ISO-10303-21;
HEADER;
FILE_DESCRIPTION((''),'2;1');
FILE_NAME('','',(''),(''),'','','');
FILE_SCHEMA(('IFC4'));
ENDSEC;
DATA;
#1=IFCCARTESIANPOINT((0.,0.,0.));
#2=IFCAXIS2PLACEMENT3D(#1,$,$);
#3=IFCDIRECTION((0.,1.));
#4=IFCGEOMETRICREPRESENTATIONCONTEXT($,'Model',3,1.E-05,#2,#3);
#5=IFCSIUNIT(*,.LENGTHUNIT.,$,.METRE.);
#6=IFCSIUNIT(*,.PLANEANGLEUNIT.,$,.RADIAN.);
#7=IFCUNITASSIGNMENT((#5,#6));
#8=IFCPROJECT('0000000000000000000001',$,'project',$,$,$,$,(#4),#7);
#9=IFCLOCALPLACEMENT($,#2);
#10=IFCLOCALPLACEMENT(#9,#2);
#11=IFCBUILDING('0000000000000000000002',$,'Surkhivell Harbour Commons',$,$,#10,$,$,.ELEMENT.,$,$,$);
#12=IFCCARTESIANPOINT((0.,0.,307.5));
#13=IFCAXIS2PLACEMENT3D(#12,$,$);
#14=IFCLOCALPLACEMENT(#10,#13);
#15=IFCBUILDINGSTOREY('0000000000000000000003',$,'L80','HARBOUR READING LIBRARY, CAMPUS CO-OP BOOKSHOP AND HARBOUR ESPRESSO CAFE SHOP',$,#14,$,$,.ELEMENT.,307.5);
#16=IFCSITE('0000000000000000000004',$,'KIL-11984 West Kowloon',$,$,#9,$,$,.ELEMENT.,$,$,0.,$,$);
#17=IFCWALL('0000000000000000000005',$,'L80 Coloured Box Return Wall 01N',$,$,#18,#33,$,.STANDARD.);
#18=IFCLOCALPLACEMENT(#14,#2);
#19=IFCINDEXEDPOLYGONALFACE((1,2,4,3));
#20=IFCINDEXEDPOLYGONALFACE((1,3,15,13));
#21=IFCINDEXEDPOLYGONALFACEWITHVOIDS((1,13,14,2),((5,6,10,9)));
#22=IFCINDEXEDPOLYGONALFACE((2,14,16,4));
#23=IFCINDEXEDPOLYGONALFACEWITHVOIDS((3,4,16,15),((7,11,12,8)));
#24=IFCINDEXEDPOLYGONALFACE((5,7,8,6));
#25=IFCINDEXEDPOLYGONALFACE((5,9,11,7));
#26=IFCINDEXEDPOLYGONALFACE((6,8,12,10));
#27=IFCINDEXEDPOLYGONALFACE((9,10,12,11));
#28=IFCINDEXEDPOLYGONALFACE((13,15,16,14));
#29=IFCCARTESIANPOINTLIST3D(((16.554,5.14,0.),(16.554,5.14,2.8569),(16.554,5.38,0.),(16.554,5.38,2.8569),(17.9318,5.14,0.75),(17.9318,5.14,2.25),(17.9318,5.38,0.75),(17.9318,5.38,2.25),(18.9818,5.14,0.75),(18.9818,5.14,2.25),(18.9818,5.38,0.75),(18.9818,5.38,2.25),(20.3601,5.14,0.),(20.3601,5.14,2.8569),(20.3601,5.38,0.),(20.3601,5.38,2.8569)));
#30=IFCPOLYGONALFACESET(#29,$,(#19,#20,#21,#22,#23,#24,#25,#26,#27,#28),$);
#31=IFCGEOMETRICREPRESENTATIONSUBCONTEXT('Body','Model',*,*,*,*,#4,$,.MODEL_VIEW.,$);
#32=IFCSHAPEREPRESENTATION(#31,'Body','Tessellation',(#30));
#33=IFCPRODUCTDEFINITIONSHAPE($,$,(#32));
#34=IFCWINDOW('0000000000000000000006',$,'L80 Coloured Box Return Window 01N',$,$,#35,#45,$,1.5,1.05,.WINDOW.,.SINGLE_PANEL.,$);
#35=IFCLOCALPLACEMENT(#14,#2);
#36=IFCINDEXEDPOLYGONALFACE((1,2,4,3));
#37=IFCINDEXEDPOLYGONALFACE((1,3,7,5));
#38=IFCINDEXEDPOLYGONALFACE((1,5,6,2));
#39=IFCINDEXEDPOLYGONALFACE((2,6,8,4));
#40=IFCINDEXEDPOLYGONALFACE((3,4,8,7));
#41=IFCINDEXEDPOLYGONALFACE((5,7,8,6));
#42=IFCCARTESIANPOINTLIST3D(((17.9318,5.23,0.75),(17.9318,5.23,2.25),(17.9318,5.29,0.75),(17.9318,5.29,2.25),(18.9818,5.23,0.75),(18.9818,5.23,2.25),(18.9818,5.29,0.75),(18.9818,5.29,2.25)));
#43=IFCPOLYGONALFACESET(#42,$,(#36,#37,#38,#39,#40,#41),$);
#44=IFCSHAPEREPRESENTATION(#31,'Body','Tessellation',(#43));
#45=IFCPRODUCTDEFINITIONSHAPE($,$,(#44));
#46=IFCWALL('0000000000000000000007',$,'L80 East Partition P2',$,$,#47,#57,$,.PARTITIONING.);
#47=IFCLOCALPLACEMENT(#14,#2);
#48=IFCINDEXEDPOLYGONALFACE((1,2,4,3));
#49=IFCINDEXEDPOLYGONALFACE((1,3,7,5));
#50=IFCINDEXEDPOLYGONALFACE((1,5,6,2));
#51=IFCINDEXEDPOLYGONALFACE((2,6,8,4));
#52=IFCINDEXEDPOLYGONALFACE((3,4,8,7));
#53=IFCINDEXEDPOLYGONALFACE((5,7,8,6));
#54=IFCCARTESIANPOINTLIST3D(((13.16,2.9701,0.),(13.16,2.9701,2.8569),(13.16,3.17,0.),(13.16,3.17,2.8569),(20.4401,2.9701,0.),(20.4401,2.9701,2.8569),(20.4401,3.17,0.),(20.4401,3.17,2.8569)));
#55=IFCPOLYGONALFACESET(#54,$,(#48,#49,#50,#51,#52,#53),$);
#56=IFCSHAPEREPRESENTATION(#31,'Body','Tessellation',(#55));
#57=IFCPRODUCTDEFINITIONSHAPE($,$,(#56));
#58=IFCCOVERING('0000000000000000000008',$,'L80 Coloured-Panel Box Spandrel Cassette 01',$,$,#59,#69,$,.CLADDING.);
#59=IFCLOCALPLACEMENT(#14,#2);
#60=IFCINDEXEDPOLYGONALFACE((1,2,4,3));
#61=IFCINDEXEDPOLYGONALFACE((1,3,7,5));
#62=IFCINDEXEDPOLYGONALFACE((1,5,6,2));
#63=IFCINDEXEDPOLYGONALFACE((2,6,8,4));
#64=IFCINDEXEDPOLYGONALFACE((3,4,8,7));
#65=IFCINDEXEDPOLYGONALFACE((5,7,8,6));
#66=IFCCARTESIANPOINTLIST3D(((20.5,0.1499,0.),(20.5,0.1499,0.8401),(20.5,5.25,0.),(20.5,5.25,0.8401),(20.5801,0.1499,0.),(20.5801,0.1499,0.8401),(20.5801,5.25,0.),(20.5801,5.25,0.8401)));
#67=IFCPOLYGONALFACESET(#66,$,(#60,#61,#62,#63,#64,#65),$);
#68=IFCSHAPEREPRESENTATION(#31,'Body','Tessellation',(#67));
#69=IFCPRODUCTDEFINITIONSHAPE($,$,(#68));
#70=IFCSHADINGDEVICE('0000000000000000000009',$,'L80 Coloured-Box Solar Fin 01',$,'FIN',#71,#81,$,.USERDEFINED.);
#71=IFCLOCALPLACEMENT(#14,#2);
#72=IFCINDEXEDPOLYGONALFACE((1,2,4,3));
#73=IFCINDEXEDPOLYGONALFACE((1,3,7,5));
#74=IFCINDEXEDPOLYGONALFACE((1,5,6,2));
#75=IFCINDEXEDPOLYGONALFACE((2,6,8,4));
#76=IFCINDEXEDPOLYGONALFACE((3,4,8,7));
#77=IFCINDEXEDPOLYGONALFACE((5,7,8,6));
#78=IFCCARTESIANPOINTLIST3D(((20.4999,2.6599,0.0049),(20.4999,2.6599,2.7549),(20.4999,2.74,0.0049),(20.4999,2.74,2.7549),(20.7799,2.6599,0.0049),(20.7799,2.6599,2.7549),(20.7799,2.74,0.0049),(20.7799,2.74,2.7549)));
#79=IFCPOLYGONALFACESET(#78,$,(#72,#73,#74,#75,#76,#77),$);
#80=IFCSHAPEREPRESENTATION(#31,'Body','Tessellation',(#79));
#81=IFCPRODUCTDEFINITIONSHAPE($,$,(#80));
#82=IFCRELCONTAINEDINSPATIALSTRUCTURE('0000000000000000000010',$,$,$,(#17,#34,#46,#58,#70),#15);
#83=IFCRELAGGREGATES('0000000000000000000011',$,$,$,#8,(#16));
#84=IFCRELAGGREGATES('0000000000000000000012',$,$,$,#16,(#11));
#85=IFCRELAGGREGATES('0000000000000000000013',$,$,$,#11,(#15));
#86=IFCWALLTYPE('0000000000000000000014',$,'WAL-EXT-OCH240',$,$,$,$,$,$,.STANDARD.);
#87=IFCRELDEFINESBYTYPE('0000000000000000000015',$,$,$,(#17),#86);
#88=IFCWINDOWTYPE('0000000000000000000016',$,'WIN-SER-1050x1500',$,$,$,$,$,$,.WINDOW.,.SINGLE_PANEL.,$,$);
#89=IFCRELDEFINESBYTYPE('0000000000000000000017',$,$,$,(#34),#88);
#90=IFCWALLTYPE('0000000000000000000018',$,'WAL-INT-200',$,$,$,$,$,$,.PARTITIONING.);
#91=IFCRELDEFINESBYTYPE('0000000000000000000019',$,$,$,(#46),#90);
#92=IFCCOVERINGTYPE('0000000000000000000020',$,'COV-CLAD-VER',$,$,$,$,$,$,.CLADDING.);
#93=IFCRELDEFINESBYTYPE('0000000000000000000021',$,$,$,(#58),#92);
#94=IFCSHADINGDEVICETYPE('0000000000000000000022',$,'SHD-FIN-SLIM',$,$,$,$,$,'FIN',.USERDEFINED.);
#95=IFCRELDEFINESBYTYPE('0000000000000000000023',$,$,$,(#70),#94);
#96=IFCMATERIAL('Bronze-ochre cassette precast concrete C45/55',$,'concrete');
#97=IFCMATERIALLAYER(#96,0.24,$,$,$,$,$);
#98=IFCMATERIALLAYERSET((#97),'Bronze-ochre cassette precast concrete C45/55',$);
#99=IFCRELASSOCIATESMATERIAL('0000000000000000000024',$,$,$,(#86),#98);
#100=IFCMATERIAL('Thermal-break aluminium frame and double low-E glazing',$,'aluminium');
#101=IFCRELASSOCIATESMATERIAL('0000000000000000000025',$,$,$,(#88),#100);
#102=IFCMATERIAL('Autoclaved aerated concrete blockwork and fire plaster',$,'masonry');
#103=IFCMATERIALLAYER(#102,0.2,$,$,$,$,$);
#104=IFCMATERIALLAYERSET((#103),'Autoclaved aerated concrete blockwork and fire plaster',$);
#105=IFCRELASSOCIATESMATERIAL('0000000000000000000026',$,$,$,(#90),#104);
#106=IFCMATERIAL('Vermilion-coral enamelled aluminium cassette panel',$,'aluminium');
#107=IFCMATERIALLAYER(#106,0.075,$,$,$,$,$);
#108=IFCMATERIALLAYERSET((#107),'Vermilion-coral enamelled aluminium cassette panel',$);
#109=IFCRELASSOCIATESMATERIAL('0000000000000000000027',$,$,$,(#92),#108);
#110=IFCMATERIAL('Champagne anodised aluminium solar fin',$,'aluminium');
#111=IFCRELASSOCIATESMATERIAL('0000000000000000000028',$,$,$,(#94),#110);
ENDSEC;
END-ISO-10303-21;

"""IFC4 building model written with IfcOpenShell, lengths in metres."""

from ifc_helpers import new_model, si_unit, direction, frame, frame_2d, origin, origin_2d, place, context, subcontext, project, spatial, rectangle, extrude, material, layer, layer_set, type_object, element, fill, save


model = new_model("IFC4")

# Units and contexts
model_context = context("Model", 3, precision=1e-05, world=origin(), true_north=direction((0.0, 1.0)))
body_context = subcontext(model_context, "Body", "Model", "MODEL_VIEW")
ifc_project = project(units=[si_unit("LENGTHUNIT", "METRE"), si_unit("PLANEANGLEUNIT", "RADIAN")], contexts=[model_context])

# Site, building, storey
site_placement = place(None, origin())
site = spatial("IfcSite", under=ifc_project, at=site_placement, Name="KIL-11984 West Kowloon", CompositionType="ELEMENT", RefElevation=0.0)
building_placement = place(site_placement, origin())
building = spatial("IfcBuilding", under=site, at=building_placement, Name="Surkhivell Harbour Commons", CompositionType="ELEMENT")
storey_placement = place(building_placement, frame((0.0, 0.0, 307.5)))
storey = spatial("IfcBuildingStorey", under=building, at=storey_placement, Name="L80", Description="HARBOUR READING LIBRARY, CAMPUS CO-OP BOOKSHOP AND HARBOUR ESPRESSO CAFE SHOP", CompositionType="ELEMENT", Elevation=307.5)

# Wall, opening, window
ifc_material_1 = material(Name="Bronze-ochre cassette precast concrete C45/55", Category="concrete")
ifc_layer_1 = layer(ifc_material_1, 0.24)
ifc_layer_set_1 = layer_set([ifc_layer_1], Name="Bronze-ochre cassette precast concrete C45/55")
wall_type_1 = type_object("IfcWallType", Name="WAL-EXT-OCH240", PredefinedType="STANDARD", material=ifc_layer_set_1)
ifc_material_2 = material(Name="Thermal-break aluminium frame and double low-E glazing", Category="aluminium")
window_type_1 = type_object("IfcWindowType", Name="WIN-SER-1050x1500", PartitioningType="SINGLE_PANEL", PredefinedType="WINDOW", material=ifc_material_2)
wall_1_placement = place(storey_placement, frame((16.554, 5.26, 0.0), z_axis=(0.0, 0.0, 1.0), x_axis=(1.0, 0.0, 0.0)))
wall_1 = element("IfcWall", 1, at=wall_1_placement, inside=storey, type_object=wall_type_1, Name="L80 Coloured Box Return Wall 01N", PredefinedType="STANDARD", context=body_context, shape_type="SweptSolid", body=[
    extrude(rectangle(XDim=3.8062, YDim=0.24, at=frame_2d((1.9031, 0.0))), origin(), (0.0, 0.0, 1.0), 2.8569),
])
opening_1_placement = place(wall_1_placement, frame((1.3779, 0.0, 0.75)))
opening_1 = element("IfcOpeningElement", 2, at=opening_1_placement, cuts=wall_1, PredefinedType="OPENING", context=body_context, shape_type="SweptSolid", body=[
    extrude(rectangle(XDim=1.05, YDim=1.5, at=frame_2d((0.5249, 0.75))), frame((0.0, 0.1299, 0.0), z_axis=(0.0, -1.0, 0.0), x_axis=(1.0, 0.0, 0.0)), (0.0, 0.0, 1.0), 0.26),
])
window_1_placement = place(opening_1_placement, origin())
window_1 = element("IfcWindow", 3, at=window_1_placement, inside=storey, type_object=window_type_1, Name="L80 Coloured Box Return Window 01N", OverallHeight=1.5, OverallWidth=1.05, PartitioningType="SINGLE_PANEL", PredefinedType="WINDOW", context=body_context, shape_type="SweptSolid", body=[
    extrude(rectangle(XDim=1.05, YDim=1.5, at=frame_2d((0.5249, 0.75))), frame((0.0, 0.03, 0.0), z_axis=(0.0, -1.0, 0.0), x_axis=(1.0, 0.0, 0.0)), (0.0, 0.0, 1.0), 0.0601),
])
fill(opening_1, window_1)

# Wall
ifc_material_3 = material(Name="Autoclaved aerated concrete blockwork and fire plaster", Category="masonry")
ifc_layer_2 = layer(ifc_material_3, 0.2)
ifc_layer_set_2 = layer_set([ifc_layer_2], Name="Autoclaved aerated concrete blockwork and fire plaster")
wall_type_2 = type_object("IfcWallType", Name="WAL-INT-200", PredefinedType="PARTITIONING", material=ifc_layer_set_2)
wall_2_placement = place(storey_placement, frame((13.1599, 3.0701, 0.0), z_axis=(0.0, 0.0, 1.0), x_axis=(1.0, 0.0, 0.0)))
element("IfcWall", 4, at=wall_2_placement, inside=storey, type_object=wall_type_2, Name="L80 East Partition P2", PredefinedType="PARTITIONING", context=body_context, shape_type="SweptSolid", body=[
    extrude(rectangle(XDim=7.28, YDim=0.2, at=frame_2d((3.6401, 0.0))), origin(), (0.0, 0.0, 1.0), 2.8569),
])

# Covering
ifc_material_4 = material(Name="Vermilion-coral enamelled aluminium cassette panel", Category="aluminium")
ifc_layer_3 = layer(ifc_material_4, 0.075)
ifc_layer_set_3 = layer_set([ifc_layer_3], Name="Vermilion-coral enamelled aluminium cassette panel")
covering_type = type_object("IfcCoveringType", Name="COV-CLAD-VER", PredefinedType="CLADDING", material=ifc_layer_set_3)
covering_placement = place(storey_placement, frame((20.54, 2.7, 0.0), z_axis=(0.0, 0.0, 1.0), x_axis=(1.0, 0.0, 0.0)))
element("IfcCovering", 5, at=covering_placement, inside=storey, type_object=covering_type, Name="L80 Coloured-Panel Box Spandrel Cassette 01", PredefinedType="CLADDING", context=body_context, shape_type="SweptSolid", body=[
    extrude(rectangle(XDim=0.0801, YDim=5.1001, at=origin_2d()), origin(), (0.0, 0.0, 1.0), 0.8401),
])

# Shading device
ifc_material_5 = material(Name="Champagne anodised aluminium solar fin", Category="aluminium")
shading_device_type = type_object("IfcShadingDeviceType", Name="SHD-FIN-SLIM", ElementType="FIN", PredefinedType="USERDEFINED", material=ifc_material_5)
shading_device_placement = place(storey_placement, frame((20.6399, 2.7, 0.0049), z_axis=(0.0, 0.0, 1.0), x_axis=(1.0, 0.0, 0.0)))
element("IfcShadingDevice", 6, at=shading_device_placement, inside=storey, type_object=shading_device_type, Name="L80 Coloured-Box Solar Fin 01", ObjectType="FIN", PredefinedType="USERDEFINED", context=body_context, shape_type="SweptSolid", body=[
    extrude(rectangle(XDim=0.28, YDim=0.0801, at=origin_2d()), origin(), (0.0, 0.0, 1.0), 2.75),
])

save(model, "model.ifc")
